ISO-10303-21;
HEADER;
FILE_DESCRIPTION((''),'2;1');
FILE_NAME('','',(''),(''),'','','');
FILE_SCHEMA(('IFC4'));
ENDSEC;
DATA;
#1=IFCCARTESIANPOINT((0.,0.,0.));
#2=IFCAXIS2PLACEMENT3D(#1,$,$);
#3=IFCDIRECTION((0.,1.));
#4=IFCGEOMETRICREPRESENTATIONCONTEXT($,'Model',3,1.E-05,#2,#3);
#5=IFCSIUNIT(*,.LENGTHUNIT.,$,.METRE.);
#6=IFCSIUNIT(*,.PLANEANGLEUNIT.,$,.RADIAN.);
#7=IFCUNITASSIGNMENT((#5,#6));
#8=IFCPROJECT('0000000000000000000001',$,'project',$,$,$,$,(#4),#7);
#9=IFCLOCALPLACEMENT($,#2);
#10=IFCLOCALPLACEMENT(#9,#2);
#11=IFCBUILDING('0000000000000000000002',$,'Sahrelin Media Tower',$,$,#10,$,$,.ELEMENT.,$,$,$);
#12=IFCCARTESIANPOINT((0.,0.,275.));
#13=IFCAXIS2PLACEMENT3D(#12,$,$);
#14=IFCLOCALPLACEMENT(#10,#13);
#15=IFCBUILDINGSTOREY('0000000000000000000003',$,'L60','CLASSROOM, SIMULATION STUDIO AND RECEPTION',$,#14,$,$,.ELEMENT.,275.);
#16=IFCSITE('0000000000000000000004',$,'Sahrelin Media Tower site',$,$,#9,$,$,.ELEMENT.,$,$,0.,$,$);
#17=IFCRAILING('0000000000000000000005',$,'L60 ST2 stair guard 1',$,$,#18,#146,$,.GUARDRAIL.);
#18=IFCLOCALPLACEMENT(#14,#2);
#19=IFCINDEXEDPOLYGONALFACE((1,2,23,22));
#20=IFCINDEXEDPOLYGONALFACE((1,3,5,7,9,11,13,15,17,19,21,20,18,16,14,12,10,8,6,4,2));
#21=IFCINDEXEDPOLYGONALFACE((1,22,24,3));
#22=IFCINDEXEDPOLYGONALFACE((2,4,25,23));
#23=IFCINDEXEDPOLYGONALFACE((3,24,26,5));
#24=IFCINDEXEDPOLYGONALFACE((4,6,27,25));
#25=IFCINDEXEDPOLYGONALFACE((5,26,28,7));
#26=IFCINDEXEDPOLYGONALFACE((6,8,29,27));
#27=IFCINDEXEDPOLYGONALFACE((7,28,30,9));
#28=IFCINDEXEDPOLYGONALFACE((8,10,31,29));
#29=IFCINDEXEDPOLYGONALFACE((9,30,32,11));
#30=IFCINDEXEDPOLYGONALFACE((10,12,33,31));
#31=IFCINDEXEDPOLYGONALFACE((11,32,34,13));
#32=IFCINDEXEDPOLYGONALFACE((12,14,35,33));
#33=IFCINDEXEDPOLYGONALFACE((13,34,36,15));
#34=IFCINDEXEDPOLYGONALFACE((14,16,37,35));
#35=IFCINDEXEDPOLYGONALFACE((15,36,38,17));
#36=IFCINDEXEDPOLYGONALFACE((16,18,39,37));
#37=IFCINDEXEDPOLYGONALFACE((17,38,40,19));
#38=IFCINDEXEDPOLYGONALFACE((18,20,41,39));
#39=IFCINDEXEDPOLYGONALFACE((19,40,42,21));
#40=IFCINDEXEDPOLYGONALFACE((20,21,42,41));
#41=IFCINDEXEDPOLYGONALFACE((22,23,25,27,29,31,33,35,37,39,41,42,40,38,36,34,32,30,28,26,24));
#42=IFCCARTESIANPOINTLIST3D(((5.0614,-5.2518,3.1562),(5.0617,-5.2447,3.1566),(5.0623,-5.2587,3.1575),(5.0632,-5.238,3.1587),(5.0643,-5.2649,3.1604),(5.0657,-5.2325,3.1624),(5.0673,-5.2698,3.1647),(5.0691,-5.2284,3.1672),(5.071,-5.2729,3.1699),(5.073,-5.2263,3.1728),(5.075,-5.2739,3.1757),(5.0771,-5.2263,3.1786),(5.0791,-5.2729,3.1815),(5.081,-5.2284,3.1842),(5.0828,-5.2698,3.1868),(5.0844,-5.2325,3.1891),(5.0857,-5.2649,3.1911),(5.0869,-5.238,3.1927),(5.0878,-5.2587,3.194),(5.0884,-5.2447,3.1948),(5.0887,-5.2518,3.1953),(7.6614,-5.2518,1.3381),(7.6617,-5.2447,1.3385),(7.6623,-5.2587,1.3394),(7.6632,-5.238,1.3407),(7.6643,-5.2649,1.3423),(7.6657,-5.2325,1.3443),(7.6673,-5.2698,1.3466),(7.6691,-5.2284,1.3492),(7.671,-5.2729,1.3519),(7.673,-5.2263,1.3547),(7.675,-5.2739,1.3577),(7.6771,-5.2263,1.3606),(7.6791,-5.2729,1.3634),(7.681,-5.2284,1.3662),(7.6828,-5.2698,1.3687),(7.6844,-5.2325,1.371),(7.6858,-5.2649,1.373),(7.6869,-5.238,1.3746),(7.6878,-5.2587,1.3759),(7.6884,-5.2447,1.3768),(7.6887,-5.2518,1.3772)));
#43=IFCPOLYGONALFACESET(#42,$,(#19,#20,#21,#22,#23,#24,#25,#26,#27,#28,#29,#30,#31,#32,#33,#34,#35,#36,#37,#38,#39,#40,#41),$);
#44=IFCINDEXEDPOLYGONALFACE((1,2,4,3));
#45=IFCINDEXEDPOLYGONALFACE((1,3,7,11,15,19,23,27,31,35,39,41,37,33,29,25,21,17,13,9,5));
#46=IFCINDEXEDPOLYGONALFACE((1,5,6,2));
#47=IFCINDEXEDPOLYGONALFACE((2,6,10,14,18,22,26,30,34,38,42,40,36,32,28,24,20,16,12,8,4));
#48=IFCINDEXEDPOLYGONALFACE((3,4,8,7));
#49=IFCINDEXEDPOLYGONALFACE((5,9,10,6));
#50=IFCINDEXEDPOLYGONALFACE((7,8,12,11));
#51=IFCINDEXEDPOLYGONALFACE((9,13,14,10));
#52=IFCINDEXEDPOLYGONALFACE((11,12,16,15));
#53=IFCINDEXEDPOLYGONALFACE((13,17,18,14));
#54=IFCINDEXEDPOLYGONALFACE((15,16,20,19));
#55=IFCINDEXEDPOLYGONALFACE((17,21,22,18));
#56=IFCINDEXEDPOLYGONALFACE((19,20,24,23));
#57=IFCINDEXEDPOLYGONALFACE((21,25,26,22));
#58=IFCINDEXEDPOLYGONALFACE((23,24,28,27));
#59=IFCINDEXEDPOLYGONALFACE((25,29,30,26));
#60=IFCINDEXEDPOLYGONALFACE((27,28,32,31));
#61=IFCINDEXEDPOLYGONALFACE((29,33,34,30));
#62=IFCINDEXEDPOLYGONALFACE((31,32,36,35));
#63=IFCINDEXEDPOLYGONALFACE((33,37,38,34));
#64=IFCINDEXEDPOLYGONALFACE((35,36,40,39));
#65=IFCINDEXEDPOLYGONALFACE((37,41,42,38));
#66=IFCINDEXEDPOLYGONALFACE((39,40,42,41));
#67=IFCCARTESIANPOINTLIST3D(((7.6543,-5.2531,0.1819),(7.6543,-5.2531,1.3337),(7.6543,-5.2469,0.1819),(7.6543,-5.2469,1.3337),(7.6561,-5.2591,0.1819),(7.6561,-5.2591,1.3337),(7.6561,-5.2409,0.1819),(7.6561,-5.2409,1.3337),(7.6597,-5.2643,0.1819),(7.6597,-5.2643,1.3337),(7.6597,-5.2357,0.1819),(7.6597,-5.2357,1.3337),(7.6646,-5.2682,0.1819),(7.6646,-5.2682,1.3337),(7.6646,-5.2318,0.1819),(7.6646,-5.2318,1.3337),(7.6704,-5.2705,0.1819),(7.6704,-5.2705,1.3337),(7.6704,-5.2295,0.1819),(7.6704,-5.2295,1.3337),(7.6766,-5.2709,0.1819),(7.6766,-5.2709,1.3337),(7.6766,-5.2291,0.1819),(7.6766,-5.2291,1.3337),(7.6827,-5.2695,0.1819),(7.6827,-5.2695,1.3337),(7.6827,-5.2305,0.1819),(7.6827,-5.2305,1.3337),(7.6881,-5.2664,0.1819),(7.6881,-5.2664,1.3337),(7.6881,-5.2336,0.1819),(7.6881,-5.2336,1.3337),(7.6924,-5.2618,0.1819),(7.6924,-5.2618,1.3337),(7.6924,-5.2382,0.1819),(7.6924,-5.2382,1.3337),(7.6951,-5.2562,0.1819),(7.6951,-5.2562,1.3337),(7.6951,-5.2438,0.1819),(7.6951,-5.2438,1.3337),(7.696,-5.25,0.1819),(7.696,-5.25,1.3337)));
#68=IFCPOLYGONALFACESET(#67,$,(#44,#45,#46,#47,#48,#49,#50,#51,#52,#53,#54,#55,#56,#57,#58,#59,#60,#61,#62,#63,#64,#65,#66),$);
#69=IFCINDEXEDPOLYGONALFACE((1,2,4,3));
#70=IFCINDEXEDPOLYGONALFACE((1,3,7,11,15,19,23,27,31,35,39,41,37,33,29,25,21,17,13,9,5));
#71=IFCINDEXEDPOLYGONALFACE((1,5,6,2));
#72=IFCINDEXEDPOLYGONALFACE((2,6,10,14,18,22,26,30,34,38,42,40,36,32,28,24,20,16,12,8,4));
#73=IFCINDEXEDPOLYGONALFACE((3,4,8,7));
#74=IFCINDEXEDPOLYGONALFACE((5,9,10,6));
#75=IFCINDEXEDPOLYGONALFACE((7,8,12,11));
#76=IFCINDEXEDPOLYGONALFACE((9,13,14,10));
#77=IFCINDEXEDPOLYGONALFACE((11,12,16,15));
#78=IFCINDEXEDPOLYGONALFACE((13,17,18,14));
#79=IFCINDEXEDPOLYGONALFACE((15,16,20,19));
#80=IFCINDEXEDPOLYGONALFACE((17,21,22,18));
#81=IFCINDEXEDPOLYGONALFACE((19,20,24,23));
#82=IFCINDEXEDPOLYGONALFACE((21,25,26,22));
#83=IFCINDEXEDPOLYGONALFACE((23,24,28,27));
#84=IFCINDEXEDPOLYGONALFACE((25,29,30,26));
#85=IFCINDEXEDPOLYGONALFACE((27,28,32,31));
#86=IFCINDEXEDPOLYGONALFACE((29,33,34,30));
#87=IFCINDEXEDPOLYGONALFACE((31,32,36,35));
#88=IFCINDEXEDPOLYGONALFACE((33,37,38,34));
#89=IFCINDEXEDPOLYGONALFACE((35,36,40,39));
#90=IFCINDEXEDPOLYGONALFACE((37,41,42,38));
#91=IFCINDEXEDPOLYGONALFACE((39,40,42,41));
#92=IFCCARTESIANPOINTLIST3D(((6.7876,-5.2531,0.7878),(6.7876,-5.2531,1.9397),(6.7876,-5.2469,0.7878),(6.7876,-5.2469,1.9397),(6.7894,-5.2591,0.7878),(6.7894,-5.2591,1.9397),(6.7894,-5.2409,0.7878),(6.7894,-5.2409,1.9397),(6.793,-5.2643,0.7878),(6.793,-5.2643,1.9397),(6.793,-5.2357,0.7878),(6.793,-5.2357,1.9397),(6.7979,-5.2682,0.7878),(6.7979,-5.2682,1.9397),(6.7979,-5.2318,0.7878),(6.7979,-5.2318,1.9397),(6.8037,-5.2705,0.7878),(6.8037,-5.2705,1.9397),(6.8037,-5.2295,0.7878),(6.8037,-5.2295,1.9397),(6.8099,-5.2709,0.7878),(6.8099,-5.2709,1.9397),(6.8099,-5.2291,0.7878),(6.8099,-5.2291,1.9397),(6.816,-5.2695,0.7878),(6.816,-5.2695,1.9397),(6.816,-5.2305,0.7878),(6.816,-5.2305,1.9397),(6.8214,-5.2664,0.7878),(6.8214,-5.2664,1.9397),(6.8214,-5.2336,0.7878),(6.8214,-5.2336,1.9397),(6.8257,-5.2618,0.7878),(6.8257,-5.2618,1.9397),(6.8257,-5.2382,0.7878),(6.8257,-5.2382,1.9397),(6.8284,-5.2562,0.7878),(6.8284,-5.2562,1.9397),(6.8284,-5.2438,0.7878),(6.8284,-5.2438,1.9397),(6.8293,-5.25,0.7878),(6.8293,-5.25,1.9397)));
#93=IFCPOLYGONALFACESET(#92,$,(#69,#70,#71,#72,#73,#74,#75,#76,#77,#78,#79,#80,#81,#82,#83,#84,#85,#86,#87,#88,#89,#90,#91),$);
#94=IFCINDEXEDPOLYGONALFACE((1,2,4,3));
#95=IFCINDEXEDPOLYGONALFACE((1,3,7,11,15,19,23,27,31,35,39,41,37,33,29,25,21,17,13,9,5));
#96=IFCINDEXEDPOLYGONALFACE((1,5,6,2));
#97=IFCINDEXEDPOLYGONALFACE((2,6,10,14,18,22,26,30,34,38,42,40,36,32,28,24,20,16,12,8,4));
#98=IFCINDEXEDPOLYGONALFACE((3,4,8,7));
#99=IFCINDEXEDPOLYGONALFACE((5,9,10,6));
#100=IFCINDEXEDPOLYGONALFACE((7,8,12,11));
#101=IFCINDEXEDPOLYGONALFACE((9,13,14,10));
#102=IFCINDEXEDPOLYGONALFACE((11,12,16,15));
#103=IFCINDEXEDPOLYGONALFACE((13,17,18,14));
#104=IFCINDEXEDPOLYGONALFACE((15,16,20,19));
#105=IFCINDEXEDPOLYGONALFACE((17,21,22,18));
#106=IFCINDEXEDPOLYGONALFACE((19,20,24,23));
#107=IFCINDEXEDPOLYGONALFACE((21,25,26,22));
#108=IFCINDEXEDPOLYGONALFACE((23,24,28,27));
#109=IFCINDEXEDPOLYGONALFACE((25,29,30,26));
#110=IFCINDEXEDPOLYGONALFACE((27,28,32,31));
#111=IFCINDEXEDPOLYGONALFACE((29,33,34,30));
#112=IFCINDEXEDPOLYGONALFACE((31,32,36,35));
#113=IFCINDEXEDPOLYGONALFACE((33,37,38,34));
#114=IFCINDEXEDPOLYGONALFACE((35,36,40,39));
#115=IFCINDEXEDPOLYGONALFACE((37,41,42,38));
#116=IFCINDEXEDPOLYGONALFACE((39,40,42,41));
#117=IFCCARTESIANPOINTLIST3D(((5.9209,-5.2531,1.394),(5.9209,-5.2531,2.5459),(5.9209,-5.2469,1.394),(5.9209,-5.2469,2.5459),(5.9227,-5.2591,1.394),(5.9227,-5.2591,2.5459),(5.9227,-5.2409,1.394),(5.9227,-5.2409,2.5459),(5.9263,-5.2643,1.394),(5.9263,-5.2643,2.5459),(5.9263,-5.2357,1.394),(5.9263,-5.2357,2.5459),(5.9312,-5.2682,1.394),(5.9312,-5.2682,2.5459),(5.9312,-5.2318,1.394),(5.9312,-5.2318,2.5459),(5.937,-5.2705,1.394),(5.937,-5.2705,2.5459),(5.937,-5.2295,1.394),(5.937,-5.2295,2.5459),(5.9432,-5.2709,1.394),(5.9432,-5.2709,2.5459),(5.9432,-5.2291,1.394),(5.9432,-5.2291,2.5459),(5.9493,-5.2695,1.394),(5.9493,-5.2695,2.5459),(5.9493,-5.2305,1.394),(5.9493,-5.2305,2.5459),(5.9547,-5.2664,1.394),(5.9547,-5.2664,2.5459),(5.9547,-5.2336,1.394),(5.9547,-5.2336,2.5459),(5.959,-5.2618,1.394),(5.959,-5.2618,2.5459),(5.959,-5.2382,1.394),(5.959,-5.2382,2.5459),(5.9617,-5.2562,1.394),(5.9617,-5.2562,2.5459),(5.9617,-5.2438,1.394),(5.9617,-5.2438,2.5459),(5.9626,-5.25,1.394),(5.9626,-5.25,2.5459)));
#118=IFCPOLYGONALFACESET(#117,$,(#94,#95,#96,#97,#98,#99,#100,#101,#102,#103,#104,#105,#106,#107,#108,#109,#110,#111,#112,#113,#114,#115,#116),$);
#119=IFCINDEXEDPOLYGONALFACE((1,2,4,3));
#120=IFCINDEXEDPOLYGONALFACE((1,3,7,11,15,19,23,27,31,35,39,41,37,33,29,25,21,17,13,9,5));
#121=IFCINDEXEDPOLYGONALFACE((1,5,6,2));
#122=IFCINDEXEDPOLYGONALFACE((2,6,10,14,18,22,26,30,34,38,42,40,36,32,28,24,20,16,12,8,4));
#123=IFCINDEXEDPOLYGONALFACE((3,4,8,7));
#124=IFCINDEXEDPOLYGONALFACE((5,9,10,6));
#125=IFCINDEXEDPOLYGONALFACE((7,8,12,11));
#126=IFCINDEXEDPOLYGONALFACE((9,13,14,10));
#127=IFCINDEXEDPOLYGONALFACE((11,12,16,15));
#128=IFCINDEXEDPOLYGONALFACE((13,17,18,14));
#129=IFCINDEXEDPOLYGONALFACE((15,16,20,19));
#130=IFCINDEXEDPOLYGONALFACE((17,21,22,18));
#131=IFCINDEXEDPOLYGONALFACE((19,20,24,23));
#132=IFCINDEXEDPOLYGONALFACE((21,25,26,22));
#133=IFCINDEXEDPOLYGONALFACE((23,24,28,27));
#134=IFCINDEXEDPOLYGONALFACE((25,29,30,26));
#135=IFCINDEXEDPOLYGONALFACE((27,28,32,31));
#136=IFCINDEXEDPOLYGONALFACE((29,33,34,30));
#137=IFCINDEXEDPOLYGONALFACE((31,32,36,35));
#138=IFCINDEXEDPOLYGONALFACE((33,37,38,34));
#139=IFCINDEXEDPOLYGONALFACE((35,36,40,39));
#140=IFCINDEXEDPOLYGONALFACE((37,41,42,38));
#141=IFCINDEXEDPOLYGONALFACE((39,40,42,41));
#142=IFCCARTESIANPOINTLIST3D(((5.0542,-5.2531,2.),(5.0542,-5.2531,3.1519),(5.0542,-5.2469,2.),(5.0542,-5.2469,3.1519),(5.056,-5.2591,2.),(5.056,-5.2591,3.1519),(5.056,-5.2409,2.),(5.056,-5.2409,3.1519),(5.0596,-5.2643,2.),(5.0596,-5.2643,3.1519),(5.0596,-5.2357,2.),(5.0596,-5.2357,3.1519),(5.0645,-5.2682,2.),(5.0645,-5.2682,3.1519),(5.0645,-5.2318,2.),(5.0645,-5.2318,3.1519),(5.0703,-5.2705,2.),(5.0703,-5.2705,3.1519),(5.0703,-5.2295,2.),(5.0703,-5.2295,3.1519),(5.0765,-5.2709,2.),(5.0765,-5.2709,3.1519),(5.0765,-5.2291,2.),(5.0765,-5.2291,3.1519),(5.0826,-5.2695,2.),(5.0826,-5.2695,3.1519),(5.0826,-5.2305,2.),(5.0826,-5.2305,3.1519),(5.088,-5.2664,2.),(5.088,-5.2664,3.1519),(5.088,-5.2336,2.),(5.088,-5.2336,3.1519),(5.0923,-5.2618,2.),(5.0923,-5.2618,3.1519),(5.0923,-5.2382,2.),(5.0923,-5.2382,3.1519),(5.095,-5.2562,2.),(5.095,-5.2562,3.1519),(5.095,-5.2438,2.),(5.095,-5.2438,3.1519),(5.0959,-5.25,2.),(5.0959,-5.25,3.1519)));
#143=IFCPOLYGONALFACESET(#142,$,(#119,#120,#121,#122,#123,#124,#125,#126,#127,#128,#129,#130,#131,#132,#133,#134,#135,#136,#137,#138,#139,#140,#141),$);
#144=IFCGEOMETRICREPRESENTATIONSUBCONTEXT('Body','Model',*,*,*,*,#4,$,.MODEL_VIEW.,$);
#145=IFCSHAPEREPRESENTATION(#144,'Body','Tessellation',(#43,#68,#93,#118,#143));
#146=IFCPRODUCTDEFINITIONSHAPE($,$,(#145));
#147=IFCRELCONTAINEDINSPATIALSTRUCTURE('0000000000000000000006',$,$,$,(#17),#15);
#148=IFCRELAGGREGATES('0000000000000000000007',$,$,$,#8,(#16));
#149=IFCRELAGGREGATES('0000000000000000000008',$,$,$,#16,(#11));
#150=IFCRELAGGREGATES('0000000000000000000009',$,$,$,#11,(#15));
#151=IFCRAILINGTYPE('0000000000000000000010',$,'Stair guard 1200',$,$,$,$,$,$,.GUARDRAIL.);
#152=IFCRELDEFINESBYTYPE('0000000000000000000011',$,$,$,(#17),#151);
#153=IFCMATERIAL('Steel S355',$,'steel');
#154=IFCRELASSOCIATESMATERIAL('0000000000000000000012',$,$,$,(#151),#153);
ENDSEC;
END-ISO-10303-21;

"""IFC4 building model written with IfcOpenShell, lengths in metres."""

from ifc_helpers import new_model, si_unit, direction, frame, origin, origin_2d, place, context, subcontext, project, spatial, circle, extrude, material, type_object, element, save


model = new_model("IFC4")

# Units and contexts
model_context = context("Model", 3, precision=1e-05, world=origin(), true_north=direction((0.0, 1.0)))
body_context = subcontext(model_context, "Body", "Model", "MODEL_VIEW")
ifc_project = project(units=[si_unit("LENGTHUNIT", "METRE"), si_unit("PLANEANGLEUNIT", "RADIAN")], contexts=[model_context])

# Site, building, storey
site_placement = place(None, origin())
site = spatial("IfcSite", under=ifc_project, at=site_placement, Name="Sahrelin Media Tower site", CompositionType="ELEMENT", RefElevation=0.0)
building_placement = place(site_placement, origin())
building = spatial("IfcBuilding", under=site, at=building_placement, Name="Sahrelin Media Tower", CompositionType="ELEMENT")
storey_placement = place(building_placement, frame((0.0, 0.0, 275.0)))
storey = spatial("IfcBuildingStorey", under=building, at=storey_placement, Name="L60", Description="CLASSROOM, SIMULATION STUDIO AND RECEPTION", CompositionType="ELEMENT", Elevation=275.0)

# Shared definitions
ifc_material_1 = material(Name="Steel S355", Category="steel")

# Railing
railing_type_1 = type_object("IfcRailingType", Name="Stair guard 1200", PredefinedType="GUARDRAIL", material=ifc_material_1)
railing_1_placement = place(storey_placement, frame((7.675, -5.25, 0.1819)))
element("IfcRailing", 1, at=railing_1_placement, inside=storey, type_object=railing_type_1, Name="L60 ST2 stair guard 1", PredefinedType="GUARDRAIL", context=body_context, shape_type="SweptSolid", body=[
    extrude(circle(Radius=0.0239, at=origin_2d()), frame((0.0, 0.0, 1.1758), z_axis=(-0.819521, 0.0, 0.573049), x_axis=(0.0, -1.0, 0.0)), (0.0, 0.0, 1.0), 3.1726),
    extrude(circle(Radius=0.021, at=origin_2d()), origin(), (0.0, 0.0, 1.0), 1.1519),
    extrude(circle(Radius=0.021, at=origin_2d()), frame((-0.8667, 0.0, 0.606)), (0.0, 0.0, 1.0), 1.1519),
    extrude(circle(Radius=0.021, at=origin_2d()), frame((-1.7334, 0.0, 1.2122)), (0.0, 0.0, 1.0), 1.1519),
    extrude(circle(Radius=0.021, at=origin_2d()), frame((-2.6001, 0.0, 1.8181)), (0.0, 0.0, 1.0), 1.1519),
])

save(model, "model.ifc")
